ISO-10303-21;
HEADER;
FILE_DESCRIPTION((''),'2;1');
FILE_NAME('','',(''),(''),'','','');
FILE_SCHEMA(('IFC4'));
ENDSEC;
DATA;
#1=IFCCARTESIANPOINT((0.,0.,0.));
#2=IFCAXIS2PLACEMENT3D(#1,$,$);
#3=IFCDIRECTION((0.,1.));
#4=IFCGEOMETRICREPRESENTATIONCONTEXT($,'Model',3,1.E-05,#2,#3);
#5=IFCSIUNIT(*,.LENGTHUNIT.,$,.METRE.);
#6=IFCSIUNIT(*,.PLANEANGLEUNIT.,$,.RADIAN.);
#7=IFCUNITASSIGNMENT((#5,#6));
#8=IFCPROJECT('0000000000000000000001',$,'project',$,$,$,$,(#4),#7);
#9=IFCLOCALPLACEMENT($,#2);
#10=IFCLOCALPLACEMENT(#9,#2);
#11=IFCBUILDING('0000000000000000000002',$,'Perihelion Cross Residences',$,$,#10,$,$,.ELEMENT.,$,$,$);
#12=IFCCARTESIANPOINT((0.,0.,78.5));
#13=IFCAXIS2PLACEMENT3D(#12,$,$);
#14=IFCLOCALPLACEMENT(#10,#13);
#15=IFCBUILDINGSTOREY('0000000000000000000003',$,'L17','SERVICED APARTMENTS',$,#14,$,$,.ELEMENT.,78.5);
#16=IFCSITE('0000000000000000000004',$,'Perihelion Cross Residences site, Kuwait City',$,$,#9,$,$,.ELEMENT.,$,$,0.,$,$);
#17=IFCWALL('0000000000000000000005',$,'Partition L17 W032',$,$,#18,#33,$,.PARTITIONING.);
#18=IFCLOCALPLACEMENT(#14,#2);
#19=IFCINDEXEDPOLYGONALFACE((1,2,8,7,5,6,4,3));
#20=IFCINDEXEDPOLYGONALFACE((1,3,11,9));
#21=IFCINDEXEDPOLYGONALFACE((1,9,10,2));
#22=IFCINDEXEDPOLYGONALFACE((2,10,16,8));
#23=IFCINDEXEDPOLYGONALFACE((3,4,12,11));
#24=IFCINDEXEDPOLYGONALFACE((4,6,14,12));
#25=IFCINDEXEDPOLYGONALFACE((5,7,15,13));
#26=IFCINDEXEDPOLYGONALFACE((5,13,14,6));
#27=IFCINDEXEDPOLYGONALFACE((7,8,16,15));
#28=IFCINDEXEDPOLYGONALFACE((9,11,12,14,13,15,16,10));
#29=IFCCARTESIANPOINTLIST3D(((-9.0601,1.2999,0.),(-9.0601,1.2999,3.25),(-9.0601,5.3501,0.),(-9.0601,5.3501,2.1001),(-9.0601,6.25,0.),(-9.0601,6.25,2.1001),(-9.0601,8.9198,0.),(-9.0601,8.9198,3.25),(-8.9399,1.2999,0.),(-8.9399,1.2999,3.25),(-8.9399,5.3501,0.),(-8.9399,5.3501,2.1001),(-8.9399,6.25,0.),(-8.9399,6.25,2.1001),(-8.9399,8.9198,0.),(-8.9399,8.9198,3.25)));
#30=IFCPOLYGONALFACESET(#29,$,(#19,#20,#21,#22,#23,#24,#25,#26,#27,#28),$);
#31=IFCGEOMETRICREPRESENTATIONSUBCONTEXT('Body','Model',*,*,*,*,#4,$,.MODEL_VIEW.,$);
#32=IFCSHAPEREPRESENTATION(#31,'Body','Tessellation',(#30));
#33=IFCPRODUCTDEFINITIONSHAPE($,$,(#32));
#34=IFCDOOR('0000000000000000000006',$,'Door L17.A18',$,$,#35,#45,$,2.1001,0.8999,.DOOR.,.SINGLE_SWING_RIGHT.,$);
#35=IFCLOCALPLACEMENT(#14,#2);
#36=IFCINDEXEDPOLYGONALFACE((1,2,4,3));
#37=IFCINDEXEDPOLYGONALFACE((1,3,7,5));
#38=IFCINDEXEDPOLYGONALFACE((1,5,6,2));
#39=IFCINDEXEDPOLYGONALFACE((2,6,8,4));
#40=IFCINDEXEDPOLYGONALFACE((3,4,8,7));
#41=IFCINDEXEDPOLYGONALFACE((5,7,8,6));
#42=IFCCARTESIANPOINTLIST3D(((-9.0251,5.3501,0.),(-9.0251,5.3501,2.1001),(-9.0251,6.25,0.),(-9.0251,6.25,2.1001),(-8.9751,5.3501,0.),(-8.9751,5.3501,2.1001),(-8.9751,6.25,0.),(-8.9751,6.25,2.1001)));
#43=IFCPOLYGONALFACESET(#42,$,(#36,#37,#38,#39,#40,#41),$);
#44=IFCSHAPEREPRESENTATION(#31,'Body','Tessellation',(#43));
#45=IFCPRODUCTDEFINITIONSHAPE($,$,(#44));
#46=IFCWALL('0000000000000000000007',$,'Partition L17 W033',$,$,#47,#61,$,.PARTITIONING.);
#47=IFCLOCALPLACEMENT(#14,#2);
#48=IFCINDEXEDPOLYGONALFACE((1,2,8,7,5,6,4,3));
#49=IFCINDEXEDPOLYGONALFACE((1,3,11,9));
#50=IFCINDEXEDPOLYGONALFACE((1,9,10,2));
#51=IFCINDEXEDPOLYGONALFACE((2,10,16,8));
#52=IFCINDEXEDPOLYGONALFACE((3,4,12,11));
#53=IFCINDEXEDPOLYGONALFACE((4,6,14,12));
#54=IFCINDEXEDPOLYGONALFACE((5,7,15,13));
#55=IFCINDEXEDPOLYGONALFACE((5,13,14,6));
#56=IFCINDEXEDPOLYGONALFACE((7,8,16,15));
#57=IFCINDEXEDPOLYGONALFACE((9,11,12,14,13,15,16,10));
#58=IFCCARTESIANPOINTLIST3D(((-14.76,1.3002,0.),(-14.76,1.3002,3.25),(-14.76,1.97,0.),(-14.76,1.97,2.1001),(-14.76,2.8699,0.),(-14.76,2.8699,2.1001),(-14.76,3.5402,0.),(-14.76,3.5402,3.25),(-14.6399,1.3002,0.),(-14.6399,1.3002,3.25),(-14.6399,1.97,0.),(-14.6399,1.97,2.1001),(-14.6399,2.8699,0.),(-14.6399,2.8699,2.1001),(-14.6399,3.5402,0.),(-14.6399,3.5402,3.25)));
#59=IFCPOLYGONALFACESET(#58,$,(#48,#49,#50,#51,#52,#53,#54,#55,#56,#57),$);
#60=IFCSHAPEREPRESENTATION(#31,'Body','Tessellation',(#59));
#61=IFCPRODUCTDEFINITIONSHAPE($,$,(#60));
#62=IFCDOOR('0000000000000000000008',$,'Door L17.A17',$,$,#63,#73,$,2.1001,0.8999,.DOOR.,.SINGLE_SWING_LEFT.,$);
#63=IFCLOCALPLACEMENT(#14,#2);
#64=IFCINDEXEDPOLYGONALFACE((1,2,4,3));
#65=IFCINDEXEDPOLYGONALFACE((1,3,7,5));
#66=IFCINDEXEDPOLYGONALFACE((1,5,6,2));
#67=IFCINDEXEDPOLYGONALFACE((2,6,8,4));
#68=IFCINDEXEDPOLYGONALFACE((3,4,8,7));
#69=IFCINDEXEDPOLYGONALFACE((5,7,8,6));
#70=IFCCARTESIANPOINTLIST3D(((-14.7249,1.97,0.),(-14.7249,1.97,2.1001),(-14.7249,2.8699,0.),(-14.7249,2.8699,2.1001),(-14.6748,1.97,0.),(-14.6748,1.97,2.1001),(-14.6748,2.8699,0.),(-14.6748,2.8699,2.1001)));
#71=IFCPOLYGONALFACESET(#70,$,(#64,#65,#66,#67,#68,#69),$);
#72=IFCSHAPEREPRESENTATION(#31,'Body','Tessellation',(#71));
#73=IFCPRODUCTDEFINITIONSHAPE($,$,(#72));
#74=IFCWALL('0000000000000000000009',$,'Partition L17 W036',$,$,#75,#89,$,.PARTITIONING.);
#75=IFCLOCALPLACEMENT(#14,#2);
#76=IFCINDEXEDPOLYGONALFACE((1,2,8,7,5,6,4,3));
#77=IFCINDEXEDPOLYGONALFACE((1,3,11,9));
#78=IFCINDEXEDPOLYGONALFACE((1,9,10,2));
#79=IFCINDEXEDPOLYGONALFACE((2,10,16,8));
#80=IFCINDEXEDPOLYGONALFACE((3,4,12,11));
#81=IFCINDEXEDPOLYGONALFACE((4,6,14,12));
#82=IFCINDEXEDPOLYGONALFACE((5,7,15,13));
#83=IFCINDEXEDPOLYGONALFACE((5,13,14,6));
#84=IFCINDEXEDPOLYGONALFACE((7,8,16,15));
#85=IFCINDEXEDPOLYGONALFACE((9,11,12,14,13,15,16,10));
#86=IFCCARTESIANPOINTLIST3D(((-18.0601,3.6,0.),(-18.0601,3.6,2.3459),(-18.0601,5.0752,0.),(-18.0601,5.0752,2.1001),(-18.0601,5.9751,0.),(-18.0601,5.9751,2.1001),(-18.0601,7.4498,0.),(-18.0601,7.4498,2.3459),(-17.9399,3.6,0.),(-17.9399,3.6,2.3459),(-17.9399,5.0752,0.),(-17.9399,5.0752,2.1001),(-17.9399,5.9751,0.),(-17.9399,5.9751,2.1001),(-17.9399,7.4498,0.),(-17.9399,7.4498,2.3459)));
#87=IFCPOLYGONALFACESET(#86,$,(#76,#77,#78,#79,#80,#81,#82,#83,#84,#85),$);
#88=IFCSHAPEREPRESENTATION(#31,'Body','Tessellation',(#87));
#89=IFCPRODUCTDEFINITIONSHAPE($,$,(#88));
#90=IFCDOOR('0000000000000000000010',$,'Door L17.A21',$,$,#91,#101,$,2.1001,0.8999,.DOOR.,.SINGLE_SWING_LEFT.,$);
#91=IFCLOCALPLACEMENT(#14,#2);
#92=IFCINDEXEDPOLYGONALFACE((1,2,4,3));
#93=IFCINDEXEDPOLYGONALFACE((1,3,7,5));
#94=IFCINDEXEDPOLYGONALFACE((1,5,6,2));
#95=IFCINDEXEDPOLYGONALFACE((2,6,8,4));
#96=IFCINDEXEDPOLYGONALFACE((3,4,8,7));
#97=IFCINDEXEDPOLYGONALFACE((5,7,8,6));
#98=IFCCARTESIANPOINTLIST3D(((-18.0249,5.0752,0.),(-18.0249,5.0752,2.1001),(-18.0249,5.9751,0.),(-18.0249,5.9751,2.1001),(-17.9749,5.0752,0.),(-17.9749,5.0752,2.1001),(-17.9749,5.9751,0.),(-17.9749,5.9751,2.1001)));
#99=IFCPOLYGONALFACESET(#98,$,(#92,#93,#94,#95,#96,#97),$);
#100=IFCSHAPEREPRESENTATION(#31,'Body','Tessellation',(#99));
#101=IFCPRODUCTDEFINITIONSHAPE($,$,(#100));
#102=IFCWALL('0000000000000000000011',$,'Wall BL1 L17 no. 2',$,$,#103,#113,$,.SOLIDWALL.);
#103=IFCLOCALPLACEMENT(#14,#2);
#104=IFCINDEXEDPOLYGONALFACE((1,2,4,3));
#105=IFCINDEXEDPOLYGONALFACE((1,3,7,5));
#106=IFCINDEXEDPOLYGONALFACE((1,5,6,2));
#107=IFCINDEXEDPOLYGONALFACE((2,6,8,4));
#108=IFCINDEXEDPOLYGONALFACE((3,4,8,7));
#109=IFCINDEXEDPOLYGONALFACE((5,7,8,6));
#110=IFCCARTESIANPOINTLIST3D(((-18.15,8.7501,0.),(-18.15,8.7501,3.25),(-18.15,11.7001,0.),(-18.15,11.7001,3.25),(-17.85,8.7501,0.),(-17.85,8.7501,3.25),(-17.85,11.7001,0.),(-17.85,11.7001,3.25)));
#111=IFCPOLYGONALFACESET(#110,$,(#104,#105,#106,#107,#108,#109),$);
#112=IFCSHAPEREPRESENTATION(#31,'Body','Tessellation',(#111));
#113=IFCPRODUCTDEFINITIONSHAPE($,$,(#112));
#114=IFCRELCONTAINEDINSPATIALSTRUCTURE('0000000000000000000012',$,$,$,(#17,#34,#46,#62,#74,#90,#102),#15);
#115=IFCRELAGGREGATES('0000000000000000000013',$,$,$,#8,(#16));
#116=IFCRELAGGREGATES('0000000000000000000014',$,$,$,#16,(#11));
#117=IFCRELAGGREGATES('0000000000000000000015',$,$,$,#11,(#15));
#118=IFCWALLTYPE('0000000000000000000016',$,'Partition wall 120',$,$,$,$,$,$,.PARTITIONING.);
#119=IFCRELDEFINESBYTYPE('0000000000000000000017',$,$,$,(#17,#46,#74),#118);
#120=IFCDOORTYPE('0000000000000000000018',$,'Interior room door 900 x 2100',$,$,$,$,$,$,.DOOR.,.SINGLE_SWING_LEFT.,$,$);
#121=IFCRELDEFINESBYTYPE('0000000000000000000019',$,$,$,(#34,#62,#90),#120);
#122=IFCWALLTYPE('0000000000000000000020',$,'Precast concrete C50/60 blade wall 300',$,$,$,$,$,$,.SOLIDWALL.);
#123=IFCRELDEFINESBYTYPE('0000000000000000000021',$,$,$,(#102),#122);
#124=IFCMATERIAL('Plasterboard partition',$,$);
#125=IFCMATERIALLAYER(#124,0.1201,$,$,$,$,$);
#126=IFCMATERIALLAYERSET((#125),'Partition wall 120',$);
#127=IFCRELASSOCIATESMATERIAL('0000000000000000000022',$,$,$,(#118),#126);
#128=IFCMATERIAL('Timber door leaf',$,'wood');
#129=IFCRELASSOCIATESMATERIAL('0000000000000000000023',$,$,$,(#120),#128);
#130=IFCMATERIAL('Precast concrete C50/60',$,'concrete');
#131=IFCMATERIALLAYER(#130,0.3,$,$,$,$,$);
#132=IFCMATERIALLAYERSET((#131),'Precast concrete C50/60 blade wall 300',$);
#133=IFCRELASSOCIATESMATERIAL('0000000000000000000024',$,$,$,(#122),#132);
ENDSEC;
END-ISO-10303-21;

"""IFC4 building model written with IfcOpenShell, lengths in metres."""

from ifc_helpers import new_model, si_unit, direction, frame, frame_2d, origin, place, context, subcontext, project, spatial, rectangle, extrude, material, layer, layer_set, type_object, element, fill, save


model = new_model("IFC4")

# Units and contexts
model_context = context("Model", 3, precision=1e-05, world=origin(), true_north=direction((0.0, 1.0)))
body_context = subcontext(model_context, "Body", "Model", "MODEL_VIEW")
ifc_project = project(units=[si_unit("LENGTHUNIT", "METRE"), si_unit("PLANEANGLEUNIT", "RADIAN")], contexts=[model_context])

# Site, building, storey
site_placement = place(None, origin())
site = spatial("IfcSite", under=ifc_project, at=site_placement, Name="Perihelion Cross Residences site, Kuwait City", CompositionType="ELEMENT", RefElevation=0.0)
building_placement = place(site_placement, origin())
building = spatial("IfcBuilding", under=site, at=building_placement, Name="Perihelion Cross Residences", CompositionType="ELEMENT")
storey_placement = place(building_placement, frame((0.0, 0.0, 78.5)))
storey = spatial("IfcBuildingStorey", under=building, at=storey_placement, Name="L17", Description="SERVICED APARTMENTS", CompositionType="ELEMENT", Elevation=78.5)

# Shared definitions
ifc_material_1 = material(Name="Plasterboard partition")
ifc_layer_1 = layer(ifc_material_1, 0.1201)
ifc_layer_set_1 = layer_set([ifc_layer_1], Name="Partition wall 120")
wall_type_1 = type_object("IfcWallType", Name="Partition wall 120", PredefinedType="PARTITIONING", material=ifc_layer_set_1)

# Shared definitions
ifc_material_2 = material(Name="Timber door leaf", Category="wood")
door_type_1 = type_object("IfcDoorType", Name="Interior room door 900 x 2100", OperationType="SINGLE_SWING_LEFT", PredefinedType="DOOR", material=ifc_material_2)

# Walls, openings, doors
wall_1_placement = place(storey_placement, frame((-9.0, 8.9199, 0.0), z_axis=(0.0, 0.0, 1.0), x_axis=(0.0, -1.0, 0.0)))
wall_1 = element("IfcWall", 1, at=wall_1_placement, inside=storey, type_object=wall_type_1, Name="Partition L17 W032", PredefinedType="PARTITIONING", context=body_context, shape_type="SweptSolid", body=[
    extrude(rectangle(XDim=7.6199, YDim=0.1201, at=frame_2d((3.8101, 0.0))), origin(), (0.0, 0.0, 1.0), 3.25),
])
opening_1_placement = place(wall_1_placement, frame((2.6699, 0.0, 0.0)))
opening_1 = element("IfcOpeningElement", 2, at=opening_1_placement, cuts=wall_1, PredefinedType="OPENING", context=body_context, shape_type="SweptSolid", body=[
    extrude(rectangle(XDim=0.8999, YDim=2.1001, at=frame_2d((0.45, 1.05))), frame((0.0, 0.0701, 0.0), z_axis=(0.0, -1.0, 0.0), x_axis=(1.0, 0.0, 0.0)), (0.0, 0.0, 1.0), 0.1401),
])
door_1_placement = place(opening_1_placement, origin())
door_1 = element("IfcDoor", 3, at=door_1_placement, inside=storey, type_object=door_type_1, Name="Door L17.A18", OperationType="SINGLE_SWING_RIGHT", OverallHeight=2.1001, OverallWidth=0.8999, PredefinedType="DOOR", context=body_context, shape_type="SweptSolid", body=[
    extrude(rectangle(XDim=0.8999, YDim=2.1001, at=frame_2d((0.45, 1.05))), frame((0.0, 0.0249, 0.0), z_axis=(0.0, -1.0, 0.0), x_axis=(1.0, 0.0, 0.0)), (0.0, 0.0, 1.0), 0.05),
])
fill(opening_1, door_1)
wall_2_placement = place(storey_placement, frame((-14.7, 1.3, 0.0), z_axis=(0.0, 0.0, 1.0), x_axis=(0.0, 1.0, 0.0)))
wall_2 = element("IfcWall", 4, at=wall_2_placement, inside=storey, type_object=wall_type_1, Name="Partition L17 W033", PredefinedType="PARTITIONING", context=body_context, shape_type="SweptSolid", body=[
    extrude(rectangle(XDim=2.24, YDim=0.1201, at=frame_2d((1.1201, 0.0))), origin(), (0.0, 0.0, 1.0), 3.25),
])
opening_2_placement = place(wall_2_placement, frame((0.6699, 0.0, 0.0)))
opening_2 = element("IfcOpeningElement", 5, at=opening_2_placement, cuts=wall_2, PredefinedType="OPENING", context=body_context, shape_type="SweptSolid", body=[
    extrude(rectangle(XDim=0.8999, YDim=2.1001, at=frame_2d((0.45, 1.05))), frame((0.0, 0.0701, 0.0), z_axis=(0.0, -1.0, 0.0), x_axis=(1.0, 0.0, 0.0)), (0.0, 0.0, 1.0), 0.1401),
])
door_2_placement = place(opening_2_placement, origin())
door_2 = element("IfcDoor", 6, at=door_2_placement, inside=storey, type_object=door_type_1, Name="Door L17.A17", OperationType="SINGLE_SWING_LEFT", OverallHeight=2.1001, OverallWidth=0.8999, PredefinedType="DOOR", context=body_context, shape_type="SweptSolid", body=[
    extrude(rectangle(XDim=0.8999, YDim=2.1001, at=frame_2d((0.45, 1.05))), frame((0.0, 0.0249, 0.0), z_axis=(0.0, -1.0, 0.0), x_axis=(1.0, 0.0, 0.0)), (0.0, 0.0, 1.0), 0.05),
])
fill(opening_2, door_2)
wall_3_placement = place(storey_placement, frame((-18.0, 3.6001, 0.0), z_axis=(0.0, 0.0, 1.0), x_axis=(0.0, 1.0, 0.0)))
wall_3 = element("IfcWall", 7, at=wall_3_placement, inside=storey, type_object=wall_type_1, Name="Partition L17 W036", PredefinedType="PARTITIONING", context=body_context, shape_type="SweptSolid", body=[
    extrude(rectangle(XDim=3.8499, YDim=0.1201, at=frame_2d((1.9248, 0.0))), origin(), (0.0, 0.0, 1.0), 2.3459),
])
opening_3_placement = place(wall_3_placement, frame((1.4751, 0.0, 0.0)))
opening_3 = element("IfcOpeningElement", 8, at=opening_3_placement, cuts=wall_3, PredefinedType="OPENING", context=body_context, shape_type="SweptSolid", body=[
    extrude(rectangle(XDim=0.8999, YDim=2.1001, at=frame_2d((0.45, 1.05))), frame((0.0, 0.0701, 0.0), z_axis=(0.0, -1.0, 0.0), x_axis=(1.0, 0.0, 0.0)), (0.0, 0.0, 1.0), 0.1401),
])
door_3_placement = place(opening_3_placement, origin())
door_3 = element("IfcDoor", 9, at=door_3_placement, inside=storey, type_object=door_type_1, Name="Door L17.A21", OperationType="SINGLE_SWING_LEFT", OverallHeight=2.1001, OverallWidth=0.8999, PredefinedType="DOOR", context=body_context, shape_type="SweptSolid", body=[
    extrude(rectangle(XDim=0.8999, YDim=2.1001, at=frame_2d((0.45, 1.05))), frame((0.0, 0.0249, 0.0), z_axis=(0.0, -1.0, 0.0), x_axis=(1.0, 0.0, 0.0)), (0.0, 0.0, 1.0), 0.05),
])
fill(opening_3, door_3)

# Wall
ifc_material_3 = material(Name="Precast concrete C50/60", Category="concrete")
ifc_layer_2 = layer(ifc_material_3, 0.3)
ifc_layer_set_2 = layer_set([ifc_layer_2], Name="Precast concrete C50/60 blade wall 300")
wall_type_2 = type_object("IfcWallType", Name="Precast concrete C50/60 blade wall 300", PredefinedType="SOLIDWALL", material=ifc_layer_set_2)
wall_4_placement = place(storey_placement, frame((-18.0, 8.75, 0.0), z_axis=(0.0, 0.0, 1.0), x_axis=(0.0, 1.0, 0.0)))
element("IfcWall", 10, at=wall_4_placement, inside=storey, type_object=wall_type_2, Name="Wall BL1 L17 no. 2", PredefinedType="SOLIDWALL", context=body_context, shape_type="SweptSolid", body=[
    extrude(rectangle(XDim=2.95, YDim=0.3, at=frame_2d((1.4751, 0.0))), origin(), (0.0, 0.0, 1.0), 3.25),
])

save(model, "model.ifc")
